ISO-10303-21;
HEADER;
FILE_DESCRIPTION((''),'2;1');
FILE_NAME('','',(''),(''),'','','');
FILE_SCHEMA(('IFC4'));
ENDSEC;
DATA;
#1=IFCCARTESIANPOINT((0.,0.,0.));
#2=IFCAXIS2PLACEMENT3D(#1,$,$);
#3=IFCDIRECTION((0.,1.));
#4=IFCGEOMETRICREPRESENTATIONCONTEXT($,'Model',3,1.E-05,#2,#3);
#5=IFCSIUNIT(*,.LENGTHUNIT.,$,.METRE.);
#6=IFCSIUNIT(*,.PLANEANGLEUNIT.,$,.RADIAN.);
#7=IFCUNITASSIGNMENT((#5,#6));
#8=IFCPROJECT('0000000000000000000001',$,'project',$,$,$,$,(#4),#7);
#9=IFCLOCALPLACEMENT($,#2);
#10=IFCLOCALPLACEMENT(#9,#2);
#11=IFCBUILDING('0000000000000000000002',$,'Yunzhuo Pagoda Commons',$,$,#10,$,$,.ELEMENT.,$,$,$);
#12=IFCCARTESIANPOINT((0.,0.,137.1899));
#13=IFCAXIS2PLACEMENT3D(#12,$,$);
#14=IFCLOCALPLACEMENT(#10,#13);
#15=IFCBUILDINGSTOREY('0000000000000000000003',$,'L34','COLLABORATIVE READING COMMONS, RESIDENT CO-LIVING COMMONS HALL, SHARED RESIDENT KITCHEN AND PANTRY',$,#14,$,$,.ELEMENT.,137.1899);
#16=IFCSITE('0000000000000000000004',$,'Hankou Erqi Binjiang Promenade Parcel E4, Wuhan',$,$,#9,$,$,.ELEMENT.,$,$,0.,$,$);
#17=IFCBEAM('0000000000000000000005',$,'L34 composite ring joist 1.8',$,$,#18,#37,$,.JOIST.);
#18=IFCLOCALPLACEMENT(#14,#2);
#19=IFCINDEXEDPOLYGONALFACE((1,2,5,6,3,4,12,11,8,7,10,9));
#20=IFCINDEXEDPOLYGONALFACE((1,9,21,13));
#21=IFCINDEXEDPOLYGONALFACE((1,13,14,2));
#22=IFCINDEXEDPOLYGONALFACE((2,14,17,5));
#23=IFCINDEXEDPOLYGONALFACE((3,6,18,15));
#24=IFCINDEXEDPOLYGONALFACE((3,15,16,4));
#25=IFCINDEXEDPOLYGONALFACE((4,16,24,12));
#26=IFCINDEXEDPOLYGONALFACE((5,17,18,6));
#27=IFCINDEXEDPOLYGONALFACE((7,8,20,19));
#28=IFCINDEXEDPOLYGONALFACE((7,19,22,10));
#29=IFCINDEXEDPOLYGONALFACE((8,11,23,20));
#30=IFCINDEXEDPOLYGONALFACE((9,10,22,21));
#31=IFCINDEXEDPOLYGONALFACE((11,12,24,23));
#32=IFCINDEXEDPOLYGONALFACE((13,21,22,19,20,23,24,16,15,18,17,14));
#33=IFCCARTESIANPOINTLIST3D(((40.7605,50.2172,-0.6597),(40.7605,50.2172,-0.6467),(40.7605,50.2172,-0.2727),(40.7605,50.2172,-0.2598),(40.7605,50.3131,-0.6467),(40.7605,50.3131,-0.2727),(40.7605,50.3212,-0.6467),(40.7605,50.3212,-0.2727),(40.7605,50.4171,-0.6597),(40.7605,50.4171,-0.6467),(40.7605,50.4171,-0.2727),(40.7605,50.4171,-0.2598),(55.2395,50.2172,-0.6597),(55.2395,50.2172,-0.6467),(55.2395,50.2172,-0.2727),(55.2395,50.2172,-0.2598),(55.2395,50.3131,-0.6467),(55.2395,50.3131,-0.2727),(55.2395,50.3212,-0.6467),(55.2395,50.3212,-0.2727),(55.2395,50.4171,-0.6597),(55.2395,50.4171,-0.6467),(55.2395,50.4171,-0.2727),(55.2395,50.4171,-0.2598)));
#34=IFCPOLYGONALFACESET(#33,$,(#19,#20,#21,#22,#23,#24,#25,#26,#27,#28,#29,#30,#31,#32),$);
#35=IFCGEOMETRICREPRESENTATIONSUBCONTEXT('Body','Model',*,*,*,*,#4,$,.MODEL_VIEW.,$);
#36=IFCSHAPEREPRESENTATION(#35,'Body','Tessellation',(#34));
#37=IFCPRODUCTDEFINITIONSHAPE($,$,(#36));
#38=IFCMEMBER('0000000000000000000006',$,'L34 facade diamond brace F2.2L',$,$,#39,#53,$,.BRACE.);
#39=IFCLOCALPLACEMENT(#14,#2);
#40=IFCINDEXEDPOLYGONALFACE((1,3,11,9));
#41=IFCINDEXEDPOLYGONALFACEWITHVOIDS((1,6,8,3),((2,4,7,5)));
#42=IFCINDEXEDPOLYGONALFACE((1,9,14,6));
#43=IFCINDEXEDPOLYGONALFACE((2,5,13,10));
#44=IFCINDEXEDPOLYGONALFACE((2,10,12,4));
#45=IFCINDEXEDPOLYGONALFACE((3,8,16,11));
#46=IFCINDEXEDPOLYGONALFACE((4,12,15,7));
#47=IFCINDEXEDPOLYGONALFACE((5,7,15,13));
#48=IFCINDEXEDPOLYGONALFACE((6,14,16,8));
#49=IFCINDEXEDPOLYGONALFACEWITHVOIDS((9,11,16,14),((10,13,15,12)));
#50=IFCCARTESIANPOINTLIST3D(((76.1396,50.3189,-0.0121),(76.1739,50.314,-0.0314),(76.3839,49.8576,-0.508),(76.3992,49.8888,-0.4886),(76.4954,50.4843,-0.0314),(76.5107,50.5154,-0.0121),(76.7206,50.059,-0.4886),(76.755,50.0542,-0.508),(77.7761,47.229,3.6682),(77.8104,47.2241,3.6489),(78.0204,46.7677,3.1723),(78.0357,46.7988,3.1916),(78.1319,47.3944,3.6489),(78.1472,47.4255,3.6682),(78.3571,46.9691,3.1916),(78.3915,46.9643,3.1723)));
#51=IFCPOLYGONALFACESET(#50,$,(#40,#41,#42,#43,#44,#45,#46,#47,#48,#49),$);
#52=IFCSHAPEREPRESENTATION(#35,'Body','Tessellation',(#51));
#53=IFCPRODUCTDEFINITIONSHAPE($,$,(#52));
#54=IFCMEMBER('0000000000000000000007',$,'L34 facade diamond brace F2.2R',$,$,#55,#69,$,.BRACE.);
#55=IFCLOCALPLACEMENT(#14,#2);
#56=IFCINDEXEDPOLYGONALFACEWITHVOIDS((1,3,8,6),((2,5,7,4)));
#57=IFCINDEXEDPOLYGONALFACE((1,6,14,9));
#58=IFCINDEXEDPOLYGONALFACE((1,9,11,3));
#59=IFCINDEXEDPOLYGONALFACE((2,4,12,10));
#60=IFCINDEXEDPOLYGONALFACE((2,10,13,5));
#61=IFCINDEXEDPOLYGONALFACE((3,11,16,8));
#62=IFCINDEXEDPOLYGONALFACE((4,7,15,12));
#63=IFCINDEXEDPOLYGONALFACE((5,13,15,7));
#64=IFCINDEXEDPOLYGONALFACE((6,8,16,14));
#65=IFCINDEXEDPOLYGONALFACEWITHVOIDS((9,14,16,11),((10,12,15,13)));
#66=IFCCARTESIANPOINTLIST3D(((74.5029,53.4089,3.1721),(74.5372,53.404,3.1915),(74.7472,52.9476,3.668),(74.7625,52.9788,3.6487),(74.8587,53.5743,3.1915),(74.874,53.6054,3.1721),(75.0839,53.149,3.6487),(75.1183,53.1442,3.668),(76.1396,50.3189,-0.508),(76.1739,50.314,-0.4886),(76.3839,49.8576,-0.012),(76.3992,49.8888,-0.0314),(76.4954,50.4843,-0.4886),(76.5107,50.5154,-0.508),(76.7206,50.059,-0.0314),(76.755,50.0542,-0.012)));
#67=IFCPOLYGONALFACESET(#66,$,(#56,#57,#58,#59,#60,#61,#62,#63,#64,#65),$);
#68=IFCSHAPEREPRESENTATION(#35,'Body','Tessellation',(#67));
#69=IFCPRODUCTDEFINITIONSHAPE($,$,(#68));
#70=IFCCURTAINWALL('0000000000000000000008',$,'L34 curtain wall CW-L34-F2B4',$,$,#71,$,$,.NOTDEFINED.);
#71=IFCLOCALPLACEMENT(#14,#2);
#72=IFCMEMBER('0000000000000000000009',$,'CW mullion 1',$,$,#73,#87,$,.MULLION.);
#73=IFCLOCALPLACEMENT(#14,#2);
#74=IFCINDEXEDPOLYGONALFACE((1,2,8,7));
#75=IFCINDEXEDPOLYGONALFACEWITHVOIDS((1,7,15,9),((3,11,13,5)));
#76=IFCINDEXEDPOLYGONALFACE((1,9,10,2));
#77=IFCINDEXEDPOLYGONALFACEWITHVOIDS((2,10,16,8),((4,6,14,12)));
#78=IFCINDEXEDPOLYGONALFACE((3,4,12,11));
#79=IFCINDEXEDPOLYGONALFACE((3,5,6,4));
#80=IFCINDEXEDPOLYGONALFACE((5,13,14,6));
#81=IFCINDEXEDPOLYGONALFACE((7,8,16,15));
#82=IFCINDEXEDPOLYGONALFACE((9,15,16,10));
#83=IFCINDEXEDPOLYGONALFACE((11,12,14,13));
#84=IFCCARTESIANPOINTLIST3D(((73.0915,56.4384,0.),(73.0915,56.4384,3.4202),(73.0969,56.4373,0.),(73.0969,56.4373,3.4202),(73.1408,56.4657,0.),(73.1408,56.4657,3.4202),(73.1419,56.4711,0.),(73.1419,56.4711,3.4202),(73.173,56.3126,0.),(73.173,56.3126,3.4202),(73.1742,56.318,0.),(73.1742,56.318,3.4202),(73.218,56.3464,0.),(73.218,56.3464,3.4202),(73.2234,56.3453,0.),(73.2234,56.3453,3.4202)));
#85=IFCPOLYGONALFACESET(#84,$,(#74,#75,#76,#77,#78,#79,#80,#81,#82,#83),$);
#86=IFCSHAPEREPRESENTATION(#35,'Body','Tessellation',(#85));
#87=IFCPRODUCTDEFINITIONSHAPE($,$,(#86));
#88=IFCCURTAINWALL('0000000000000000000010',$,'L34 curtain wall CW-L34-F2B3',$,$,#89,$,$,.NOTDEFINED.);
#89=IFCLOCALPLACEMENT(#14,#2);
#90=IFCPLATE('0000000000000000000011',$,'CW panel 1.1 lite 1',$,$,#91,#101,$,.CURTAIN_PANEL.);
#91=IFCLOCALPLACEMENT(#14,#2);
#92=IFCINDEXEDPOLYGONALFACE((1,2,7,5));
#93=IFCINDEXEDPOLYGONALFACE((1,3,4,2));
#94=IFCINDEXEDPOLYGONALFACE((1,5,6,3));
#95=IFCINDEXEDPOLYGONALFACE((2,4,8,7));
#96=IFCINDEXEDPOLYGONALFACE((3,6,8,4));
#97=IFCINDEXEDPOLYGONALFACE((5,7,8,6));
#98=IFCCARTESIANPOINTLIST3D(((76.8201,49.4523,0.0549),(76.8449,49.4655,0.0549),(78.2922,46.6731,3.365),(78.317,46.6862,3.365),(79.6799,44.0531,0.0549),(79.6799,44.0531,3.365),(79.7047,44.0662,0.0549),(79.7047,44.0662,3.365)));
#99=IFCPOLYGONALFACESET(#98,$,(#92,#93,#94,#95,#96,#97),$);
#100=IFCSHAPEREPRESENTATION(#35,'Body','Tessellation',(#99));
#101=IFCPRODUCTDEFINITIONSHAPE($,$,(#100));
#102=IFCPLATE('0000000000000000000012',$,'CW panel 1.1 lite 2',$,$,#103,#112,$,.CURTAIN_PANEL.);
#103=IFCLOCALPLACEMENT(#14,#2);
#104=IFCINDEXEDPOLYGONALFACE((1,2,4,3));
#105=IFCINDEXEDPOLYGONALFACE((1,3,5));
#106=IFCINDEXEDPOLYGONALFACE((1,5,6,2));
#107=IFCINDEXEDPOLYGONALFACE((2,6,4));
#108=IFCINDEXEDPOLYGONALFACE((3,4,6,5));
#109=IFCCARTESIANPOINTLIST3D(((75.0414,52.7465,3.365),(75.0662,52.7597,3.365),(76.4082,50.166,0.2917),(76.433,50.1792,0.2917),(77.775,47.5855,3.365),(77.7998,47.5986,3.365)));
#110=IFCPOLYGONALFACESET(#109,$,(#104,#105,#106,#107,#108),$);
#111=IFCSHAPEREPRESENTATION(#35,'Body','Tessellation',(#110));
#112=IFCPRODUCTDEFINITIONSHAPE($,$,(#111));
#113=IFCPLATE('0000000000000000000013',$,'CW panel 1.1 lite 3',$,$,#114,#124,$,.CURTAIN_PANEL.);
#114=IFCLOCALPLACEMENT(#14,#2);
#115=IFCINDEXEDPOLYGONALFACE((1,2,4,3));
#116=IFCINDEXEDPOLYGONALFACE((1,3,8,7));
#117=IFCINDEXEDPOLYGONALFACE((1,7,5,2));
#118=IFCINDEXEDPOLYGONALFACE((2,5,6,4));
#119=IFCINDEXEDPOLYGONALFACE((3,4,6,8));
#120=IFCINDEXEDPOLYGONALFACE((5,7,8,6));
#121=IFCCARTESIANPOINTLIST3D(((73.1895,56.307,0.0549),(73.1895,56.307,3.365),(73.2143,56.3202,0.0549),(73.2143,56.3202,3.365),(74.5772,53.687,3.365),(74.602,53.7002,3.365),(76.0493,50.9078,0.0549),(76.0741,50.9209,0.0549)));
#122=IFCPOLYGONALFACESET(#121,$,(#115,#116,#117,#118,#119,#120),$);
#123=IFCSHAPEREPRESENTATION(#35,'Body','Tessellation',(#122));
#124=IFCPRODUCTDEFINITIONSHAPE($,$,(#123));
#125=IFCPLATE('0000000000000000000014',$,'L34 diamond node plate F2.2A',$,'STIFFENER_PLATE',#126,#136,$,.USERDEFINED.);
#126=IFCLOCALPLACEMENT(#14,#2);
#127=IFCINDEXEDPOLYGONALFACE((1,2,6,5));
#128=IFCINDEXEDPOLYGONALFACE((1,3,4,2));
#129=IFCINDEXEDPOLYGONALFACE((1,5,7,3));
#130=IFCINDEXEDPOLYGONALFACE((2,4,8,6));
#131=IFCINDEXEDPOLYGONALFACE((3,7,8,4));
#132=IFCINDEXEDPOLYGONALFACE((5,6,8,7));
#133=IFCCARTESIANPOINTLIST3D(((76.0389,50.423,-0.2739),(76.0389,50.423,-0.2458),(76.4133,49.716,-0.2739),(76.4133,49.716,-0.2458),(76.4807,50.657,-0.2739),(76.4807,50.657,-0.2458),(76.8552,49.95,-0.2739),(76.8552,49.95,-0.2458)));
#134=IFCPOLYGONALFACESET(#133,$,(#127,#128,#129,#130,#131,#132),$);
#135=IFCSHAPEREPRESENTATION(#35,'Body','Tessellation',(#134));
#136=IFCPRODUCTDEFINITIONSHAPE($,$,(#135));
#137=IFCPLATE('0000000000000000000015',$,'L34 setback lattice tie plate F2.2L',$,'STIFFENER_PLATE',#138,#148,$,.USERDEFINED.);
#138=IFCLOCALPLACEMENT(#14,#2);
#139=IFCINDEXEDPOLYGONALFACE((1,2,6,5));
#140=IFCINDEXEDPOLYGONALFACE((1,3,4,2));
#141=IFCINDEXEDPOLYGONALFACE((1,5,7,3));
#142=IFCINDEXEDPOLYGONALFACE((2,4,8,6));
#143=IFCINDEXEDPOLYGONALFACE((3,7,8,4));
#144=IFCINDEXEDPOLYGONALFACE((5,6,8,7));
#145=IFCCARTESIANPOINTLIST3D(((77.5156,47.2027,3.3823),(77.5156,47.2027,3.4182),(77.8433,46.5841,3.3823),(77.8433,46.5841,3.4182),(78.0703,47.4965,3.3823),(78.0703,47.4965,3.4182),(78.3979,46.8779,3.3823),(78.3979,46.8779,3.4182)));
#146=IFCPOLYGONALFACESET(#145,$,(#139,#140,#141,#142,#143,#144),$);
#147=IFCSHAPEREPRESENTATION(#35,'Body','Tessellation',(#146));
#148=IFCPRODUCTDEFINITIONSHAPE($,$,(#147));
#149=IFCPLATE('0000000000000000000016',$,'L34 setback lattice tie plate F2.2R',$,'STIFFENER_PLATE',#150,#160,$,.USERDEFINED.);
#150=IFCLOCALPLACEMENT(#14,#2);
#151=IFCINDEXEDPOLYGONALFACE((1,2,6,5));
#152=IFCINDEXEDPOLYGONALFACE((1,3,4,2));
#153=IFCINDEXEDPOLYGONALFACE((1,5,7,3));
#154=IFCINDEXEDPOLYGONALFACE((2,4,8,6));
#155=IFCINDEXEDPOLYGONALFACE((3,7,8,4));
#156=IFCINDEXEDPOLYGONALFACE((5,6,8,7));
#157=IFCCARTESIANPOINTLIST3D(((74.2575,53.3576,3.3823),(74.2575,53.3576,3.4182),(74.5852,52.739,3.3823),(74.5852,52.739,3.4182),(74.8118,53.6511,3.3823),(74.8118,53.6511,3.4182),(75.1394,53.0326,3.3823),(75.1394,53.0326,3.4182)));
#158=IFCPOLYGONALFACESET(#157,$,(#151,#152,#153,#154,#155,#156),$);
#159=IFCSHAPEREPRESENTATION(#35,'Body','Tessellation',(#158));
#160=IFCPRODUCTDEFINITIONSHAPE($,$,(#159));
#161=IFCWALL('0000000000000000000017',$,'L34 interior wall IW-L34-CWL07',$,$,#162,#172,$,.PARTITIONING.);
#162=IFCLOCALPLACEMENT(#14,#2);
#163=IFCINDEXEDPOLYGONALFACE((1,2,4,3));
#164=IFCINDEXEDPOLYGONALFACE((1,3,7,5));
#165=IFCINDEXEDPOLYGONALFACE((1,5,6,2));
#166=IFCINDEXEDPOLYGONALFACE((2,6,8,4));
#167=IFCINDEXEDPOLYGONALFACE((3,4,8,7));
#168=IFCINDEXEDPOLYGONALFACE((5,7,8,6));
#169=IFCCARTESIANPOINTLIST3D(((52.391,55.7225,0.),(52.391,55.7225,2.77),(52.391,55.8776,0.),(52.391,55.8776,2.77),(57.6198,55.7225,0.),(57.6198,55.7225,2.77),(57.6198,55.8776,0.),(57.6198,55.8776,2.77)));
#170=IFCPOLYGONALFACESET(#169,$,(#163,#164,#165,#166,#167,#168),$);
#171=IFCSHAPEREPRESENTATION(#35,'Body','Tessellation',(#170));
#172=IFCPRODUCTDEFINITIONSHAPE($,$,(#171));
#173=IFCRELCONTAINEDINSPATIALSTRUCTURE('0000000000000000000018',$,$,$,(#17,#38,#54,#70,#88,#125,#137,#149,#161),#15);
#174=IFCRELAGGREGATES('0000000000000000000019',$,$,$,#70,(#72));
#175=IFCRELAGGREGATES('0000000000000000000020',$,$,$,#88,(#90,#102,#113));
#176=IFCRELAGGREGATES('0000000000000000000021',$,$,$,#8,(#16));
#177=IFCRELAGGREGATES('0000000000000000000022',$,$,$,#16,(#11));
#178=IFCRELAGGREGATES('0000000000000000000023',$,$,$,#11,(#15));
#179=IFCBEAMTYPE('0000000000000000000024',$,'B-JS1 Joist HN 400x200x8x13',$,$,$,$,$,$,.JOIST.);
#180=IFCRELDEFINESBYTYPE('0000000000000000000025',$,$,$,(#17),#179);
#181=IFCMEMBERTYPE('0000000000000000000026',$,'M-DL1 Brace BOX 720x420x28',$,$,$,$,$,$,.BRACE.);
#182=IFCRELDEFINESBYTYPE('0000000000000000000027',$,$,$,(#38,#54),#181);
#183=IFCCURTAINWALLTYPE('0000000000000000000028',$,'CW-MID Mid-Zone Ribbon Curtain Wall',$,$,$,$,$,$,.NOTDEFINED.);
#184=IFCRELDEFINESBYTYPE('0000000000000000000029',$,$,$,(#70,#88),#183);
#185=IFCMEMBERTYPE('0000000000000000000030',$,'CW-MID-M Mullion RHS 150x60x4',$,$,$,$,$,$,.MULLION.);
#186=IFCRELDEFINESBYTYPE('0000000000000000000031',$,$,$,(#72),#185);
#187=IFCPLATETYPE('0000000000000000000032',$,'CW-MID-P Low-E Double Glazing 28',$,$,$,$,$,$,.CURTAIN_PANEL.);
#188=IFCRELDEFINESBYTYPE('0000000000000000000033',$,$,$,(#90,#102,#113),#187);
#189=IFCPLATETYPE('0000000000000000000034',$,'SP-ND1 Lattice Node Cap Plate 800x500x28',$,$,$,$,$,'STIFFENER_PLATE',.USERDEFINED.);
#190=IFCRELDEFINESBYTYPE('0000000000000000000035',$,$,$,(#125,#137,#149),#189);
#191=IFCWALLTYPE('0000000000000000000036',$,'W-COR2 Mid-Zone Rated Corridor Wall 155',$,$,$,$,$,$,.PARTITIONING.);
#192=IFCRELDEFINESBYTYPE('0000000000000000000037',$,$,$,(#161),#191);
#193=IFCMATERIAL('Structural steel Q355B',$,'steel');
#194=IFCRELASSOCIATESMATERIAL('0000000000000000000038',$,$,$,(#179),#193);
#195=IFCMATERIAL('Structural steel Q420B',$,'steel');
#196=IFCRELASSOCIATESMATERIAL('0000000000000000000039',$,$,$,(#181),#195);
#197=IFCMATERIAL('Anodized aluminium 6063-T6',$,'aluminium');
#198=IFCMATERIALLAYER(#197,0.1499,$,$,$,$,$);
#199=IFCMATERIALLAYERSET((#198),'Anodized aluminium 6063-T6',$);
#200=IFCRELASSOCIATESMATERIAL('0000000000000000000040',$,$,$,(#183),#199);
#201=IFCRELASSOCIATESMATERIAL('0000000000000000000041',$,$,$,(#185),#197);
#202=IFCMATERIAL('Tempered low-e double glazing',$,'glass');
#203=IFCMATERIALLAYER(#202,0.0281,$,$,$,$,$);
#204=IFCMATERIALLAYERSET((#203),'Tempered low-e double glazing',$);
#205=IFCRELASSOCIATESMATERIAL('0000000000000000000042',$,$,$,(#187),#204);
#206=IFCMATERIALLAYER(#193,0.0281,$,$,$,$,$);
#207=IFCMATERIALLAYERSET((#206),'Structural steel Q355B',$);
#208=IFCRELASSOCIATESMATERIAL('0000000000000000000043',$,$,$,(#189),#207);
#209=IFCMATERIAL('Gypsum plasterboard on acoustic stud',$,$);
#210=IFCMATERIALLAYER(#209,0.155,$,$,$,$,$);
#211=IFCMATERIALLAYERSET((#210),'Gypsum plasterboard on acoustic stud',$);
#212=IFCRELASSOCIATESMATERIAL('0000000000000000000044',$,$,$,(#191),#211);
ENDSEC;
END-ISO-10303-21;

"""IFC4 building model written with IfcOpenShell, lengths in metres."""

from ifc_helpers import new_model, si_unit, direction, frame, frame_2d, origin, origin_2d, place, context, subcontext, project, spatial, polyline, rectangle, hollow_rectangle, i_section, outline, extrude, source, transform, mapped, material, layer, layer_set, material_profile, profile_set, type_object, element, aggregate, save


model = new_model("IFC4")

# Units and contexts
model_context = context("Model", 3, precision=1e-05, world=origin(), true_north=direction((0.0, 1.0)))
body_context = subcontext(model_context, "Body", "Model", "MODEL_VIEW")
ifc_project = project(units=[si_unit("LENGTHUNIT", "METRE"), si_unit("PLANEANGLEUNIT", "RADIAN")], contexts=[model_context])

# Site, building, storey
site_placement = place(None, origin())
site = spatial("IfcSite", under=ifc_project, at=site_placement, Name="Hankou Erqi Binjiang Promenade Parcel E4, Wuhan", CompositionType="ELEMENT", RefElevation=0.0)
building_placement = place(site_placement, origin())
building = spatial("IfcBuilding", under=site, at=building_placement, Name="Yunzhuo Pagoda Commons", CompositionType="ELEMENT")
storey_placement = place(building_placement, frame((0.0, 0.0, 137.1899)))
storey = spatial("IfcBuildingStorey", under=building, at=storey_placement, Name="L34", Description="COLLABORATIVE READING COMMONS, RESIDENT CO-LIVING COMMONS HALL, SHARED RESIDENT KITCHEN AND PANTRY", CompositionType="ELEMENT", Elevation=137.1899)

# Shared definitions
ifc_material_1 = material(Name="Structural steel Q420B", Category="steel")

# Beam
ifc_material_2 = material(Name="Structural steel Q355B", Category="steel")
ifc_material_profile_1 = material_profile(ifc_material_2, i_section(OverallWidth=0.2, OverallDepth=0.3999, WebThickness=0.0081, FlangeThickness=0.0129, at=origin_2d()), Name="Structural steel Q355B")
ifc_profile_set_1 = profile_set([ifc_material_profile_1], Name="Structural steel Q355B")
beam_type_1 = type_object("IfcBeamType", Name="B-JS1 Joist HN 400x200x8x13", PredefinedType="JOIST", material=ifc_profile_set_1)
shared_shape_1 = source(origin(), body_context, "Body", "SweptSolid", [
    extrude(i_section(OverallWidth=0.2, OverallDepth=0.3999, WebThickness=0.0081, FlangeThickness=0.0129, at=origin_2d()), origin(), (0.0, 0.0, 1.0), 14.479),
])
beam_1_placement = place(storey_placement, frame((55.2395, 50.3171, -0.4597), z_axis=(-1.0, 0.0, 0.0), x_axis=(0.0, -1.0, 0.0)))
element("IfcBeam", 1, at=beam_1_placement, inside=storey, type_object=beam_type_1, Name="L34 composite ring joist 1.8", PredefinedType="JOIST", context=body_context, shape_type="MappedRepresentation", body=[
    mapped(shared_shape_1, transform((0.0, 0.0, 0.0), scale=1.0)),
])

# Members
ifc_material_profile_2 = material_profile(ifc_material_1, hollow_rectangle(XDim=0.4199, YDim=0.72, WallThickness=0.0281, at=origin_2d()), Name="Structural steel Q420B")
ifc_profile_set_2 = profile_set([ifc_material_profile_2], Name="Structural steel Q420B")
member_type_1 = type_object("IfcMemberType", Name="M-DL1 Brace BOX 720x420x28", PredefinedType="BRACE", material=ifc_profile_set_2)
shared_shape_2 = source(origin(), body_context, "Body", "SweptSolid", [
    extrude(hollow_rectangle(XDim=0.4199, YDim=0.72, WallThickness=0.0281, at=origin_2d()), origin(), (0.0, 0.0, 1.0), 5.0764),
])
for number, where, z_axis, x_axis, name in (
    (2, (76.4473, 50.1865, -0.26), (0.322375, -0.60868, 0.724971), (0.883708, 0.468038, 0.0), "L34 facade diamond brace F2.2L"),
    (3, (76.4473, 50.1865, -0.26), (-0.322409, 0.6087, 0.724939), (-0.883694, -0.468064, 0.0), "L34 facade diamond brace F2.2R"),
):
    element("IfcMember", number, at=place(storey_placement, frame(where, z_axis=z_axis, x_axis=x_axis)), inside=storey, type_object=member_type_1, Name=name, PredefinedType="BRACE", context=body_context, shape_type="MappedRepresentation", body=[
        mapped(shared_shape_2, transform((0.0, 0.0, 0.0), scale=1.0)),
    ])

# Curtain wall, member
ifc_material_3 = material(Name="Anodized aluminium 6063-T6", Category="aluminium")
ifc_layer_1 = layer(ifc_material_3, 0.1499)
ifc_layer_set_1 = layer_set([ifc_layer_1], Name="Anodized aluminium 6063-T6")
curtain_wall_type = type_object("IfcCurtainWallType", Name="CW-MID Mid-Zone Ribbon Curtain Wall", PredefinedType="NOTDEFINED", material=ifc_layer_set_1)
curtain_wall_1_placement = place(storey_placement, origin())
curtain_wall_1 = element("IfcCurtainWall", 4, at=curtain_wall_1_placement, inside=storey, type_object=curtain_wall_type, Name="L34 curtain wall CW-L34-F2B4", PredefinedType="NOTDEFINED")
ifc_material_profile_3 = material_profile(ifc_material_3, hollow_rectangle(XDim=0.0601, YDim=0.1499, WallThickness=0.0039, at=origin_2d()), Name="Anodized aluminium 6063-T6")
ifc_profile_set_3 = profile_set([ifc_material_profile_3], Name="Anodized aluminium 6063-T6")
member_type_2 = type_object("IfcMemberType", Name="CW-MID-M Mullion RHS 150x60x4", PredefinedType="MULLION", material=ifc_profile_set_3)
shared_shape_3 = source(origin(), body_context, "Body", "SweptSolid", [
    extrude(hollow_rectangle(XDim=0.0601, YDim=0.1499, WallThickness=0.0039, at=origin_2d()), origin(), (0.0, 0.0, 1.0), 3.4202),
])
member_placement = place(storey_placement, frame((73.1575, 56.3918, 0.0), z_axis=(0.0, 0.0, 1.0), x_axis=(-0.839249, -0.543747, 0.0)))
member = element("IfcMember", 5, at=member_placement, type_object=member_type_2, Name="CW mullion 1", PredefinedType="MULLION", context=body_context, shape_type="MappedRepresentation", body=[
    mapped(shared_shape_3, transform((0.0, 0.0, 0.0), scale=1.0)),
])
aggregate(curtain_wall_1, [member])

# Curtain wall, plates
curtain_wall_2_placement = place(storey_placement, origin())
curtain_wall_2 = element("IfcCurtainWall", 6, at=curtain_wall_2_placement, inside=storey, type_object=curtain_wall_type, Name="L34 curtain wall CW-L34-F2B3", PredefinedType="NOTDEFINED")
ifc_material_4 = material(Name="Tempered low-e double glazing", Category="glass")
ifc_layer_2 = layer(ifc_material_4, 0.0281)
ifc_layer_set_2 = layer_set([ifc_layer_2], Name="Tempered low-e double glazing")
plate_type_1 = type_object("IfcPlateType", Name="CW-MID-P Low-E Double Glazing 28", PredefinedType="CURTAIN_PANEL", material=ifc_layer_set_2)
plate_1_placement = place(storey_placement, frame((78.25, 46.7527, 1.71), z_axis=(0.883694, 0.468065, 0.0), x_axis=(-0.468065, 0.883694, 0.0)))
plate_1 = element("IfcPlate", 7, at=plate_1_placement, type_object=plate_type_1, Name="CW panel 1.1 lite 1", PredefinedType="CURTAIN_PANEL", context=body_context, shape_type="SweptSolid", body=[
    extrude(outline(polyline([(-3.0549, -1.655), (3.0549, -1.655), (-0.0901, 1.655), (-3.0549, 1.655), (-3.0549, -1.655)])), origin(), (0.0, 0.0, 1.0), 0.0281),
])
plate_2_placement = place(storey_placement, frame((76.4082, 50.166, 1.8284), z_axis=(0.883694, 0.468065, 0.0), x_axis=(-0.468065, 0.883694, 0.0)))
plate_2 = element("IfcPlate", 8, at=plate_2_placement, type_object=plate_type_1, Name="CW panel 1.1 lite 2", PredefinedType="CURTAIN_PANEL", context=body_context, shape_type="SweptSolid", body=[
    extrude(outline(polyline([(-2.9202, 1.5366), (0.0, -1.5366), (2.9202, 1.5366), (-2.9202, 1.5366)])), origin(), (0.0, 0.0, 1.0), 0.0281),
])
plate_3_placement = place(storey_placement, frame((74.6194, 53.6074, 1.71), z_axis=(0.883694, 0.468065, 0.0), x_axis=(-0.468065, 0.883694, 0.0)))
plate_3 = element("IfcPlate", 9, at=plate_3_placement, type_object=plate_type_1, Name="CW panel 1.1 lite 3", PredefinedType="CURTAIN_PANEL", context=body_context, shape_type="SweptSolid", body=[
    extrude(outline(polyline([(-3.0549, -1.655), (3.0549, -1.655), (3.0549, 1.655), (0.0901, 1.655), (-3.0549, -1.655)])), origin(), (0.0, 0.0, 1.0), 0.0281),
])
aggregate(curtain_wall_2, [plate_1, plate_2, plate_3])

# Plates
ifc_layer_3 = layer(ifc_material_2, 0.0281)
ifc_layer_set_3 = layer_set([ifc_layer_3], Name="Structural steel Q355B")
plate_type_2 = type_object("IfcPlateType", Name="SP-ND1 Lattice Node Cap Plate 800x500x28", ElementType="STIFFENER_PLATE", PredefinedType="USERDEFINED", material=ifc_layer_set_3)
shared_shape_4 = source(origin(), body_context, "Body", "SweptSolid", [
    extrude(rectangle(XDim=0.8, YDim=0.5, at=origin_2d()), origin(), (0.0, 0.0, 1.0), 0.0281),
])
plate_4_placement = place(storey_placement, frame((76.447, 50.1865, -0.2739), z_axis=(0.0, 0.0, 1.0), x_axis=(-0.468069, 0.883692, 0.0)))
element("IfcPlate", 10, at=plate_4_placement, inside=storey, type_object=plate_type_2, Name="L34 diamond node plate F2.2A", ObjectType="STIFFENER_PLATE", PredefinedType="USERDEFINED", context=body_context, shape_type="MappedRepresentation", body=[
    mapped(shared_shape_4, transform((0.0, 0.0, 0.0), scale=1.0)),
])
shared_shape_5 = source(origin(), body_context, "Body", "SweptSolid", [
    extrude(rectangle(XDim=0.7, YDim=0.6277, at=origin_2d()), origin(), (0.0, 0.0, 1.0), 0.0359),
])
plate_5_placement = place(storey_placement, frame((77.9568, 47.0403, 3.3823), z_axis=(0.0, 0.0, 1.0), x_axis=(-0.468069, 0.883692, 0.0)))
element("IfcPlate", 11, at=plate_5_placement, inside=storey, type_object=plate_type_2, Name="L34 setback lattice tie plate F2.2L", ObjectType="STIFFENER_PLATE", PredefinedType="USERDEFINED", context=body_context, shape_type="MappedRepresentation", body=[
    mapped(shared_shape_5, transform((0.0, 0.0, 0.0), scale=1.0)),
])
shared_shape_6 = source(origin(), body_context, "Body", "SweptSolid", [
    extrude(rectangle(XDim=0.7, YDim=0.6272, at=origin_2d()), origin(), (0.0, 0.0, 1.0), 0.0359),
])
plate_6_placement = place(storey_placement, frame((74.6985, 53.1951, 3.3823), z_axis=(0.0, 0.0, 1.0), x_axis=(-0.468069, 0.883692, 0.0)))
element("IfcPlate", 12, at=plate_6_placement, inside=storey, type_object=plate_type_2, Name="L34 setback lattice tie plate F2.2R", ObjectType="STIFFENER_PLATE", PredefinedType="USERDEFINED", context=body_context, shape_type="MappedRepresentation", body=[
    mapped(shared_shape_6, transform((0.0, 0.0, 0.0), scale=1.0)),
])

# Wall
ifc_material_5 = material(Name="Gypsum plasterboard on acoustic stud")
ifc_layer_4 = layer(ifc_material_5, 0.155)
ifc_layer_set_4 = layer_set([ifc_layer_4], Name="Gypsum plasterboard on acoustic stud")
wall_type_1 = type_object("IfcWallType", Name="W-COR2 Mid-Zone Rated Corridor Wall 155", PredefinedType="PARTITIONING", material=ifc_layer_set_4)
wall_1_placement = place(storey_placement, frame((52.3911, 55.8, 0.0), z_axis=(0.0, 0.0, 1.0), x_axis=(1.0, 0.0, 0.0)))
element("IfcWall", 13, at=wall_1_placement, inside=storey, type_object=wall_type_1, Name="L34 interior wall IW-L34-CWL07", PredefinedType="PARTITIONING", context=body_context, shape_type="SweptSolid", body=[
    extrude(rectangle(XDim=5.2288, YDim=0.155, at=frame_2d((2.6143, 0.0))), origin(), (0.0, 0.0, 1.0), 2.77),
])

save(model, "model.ifc")
